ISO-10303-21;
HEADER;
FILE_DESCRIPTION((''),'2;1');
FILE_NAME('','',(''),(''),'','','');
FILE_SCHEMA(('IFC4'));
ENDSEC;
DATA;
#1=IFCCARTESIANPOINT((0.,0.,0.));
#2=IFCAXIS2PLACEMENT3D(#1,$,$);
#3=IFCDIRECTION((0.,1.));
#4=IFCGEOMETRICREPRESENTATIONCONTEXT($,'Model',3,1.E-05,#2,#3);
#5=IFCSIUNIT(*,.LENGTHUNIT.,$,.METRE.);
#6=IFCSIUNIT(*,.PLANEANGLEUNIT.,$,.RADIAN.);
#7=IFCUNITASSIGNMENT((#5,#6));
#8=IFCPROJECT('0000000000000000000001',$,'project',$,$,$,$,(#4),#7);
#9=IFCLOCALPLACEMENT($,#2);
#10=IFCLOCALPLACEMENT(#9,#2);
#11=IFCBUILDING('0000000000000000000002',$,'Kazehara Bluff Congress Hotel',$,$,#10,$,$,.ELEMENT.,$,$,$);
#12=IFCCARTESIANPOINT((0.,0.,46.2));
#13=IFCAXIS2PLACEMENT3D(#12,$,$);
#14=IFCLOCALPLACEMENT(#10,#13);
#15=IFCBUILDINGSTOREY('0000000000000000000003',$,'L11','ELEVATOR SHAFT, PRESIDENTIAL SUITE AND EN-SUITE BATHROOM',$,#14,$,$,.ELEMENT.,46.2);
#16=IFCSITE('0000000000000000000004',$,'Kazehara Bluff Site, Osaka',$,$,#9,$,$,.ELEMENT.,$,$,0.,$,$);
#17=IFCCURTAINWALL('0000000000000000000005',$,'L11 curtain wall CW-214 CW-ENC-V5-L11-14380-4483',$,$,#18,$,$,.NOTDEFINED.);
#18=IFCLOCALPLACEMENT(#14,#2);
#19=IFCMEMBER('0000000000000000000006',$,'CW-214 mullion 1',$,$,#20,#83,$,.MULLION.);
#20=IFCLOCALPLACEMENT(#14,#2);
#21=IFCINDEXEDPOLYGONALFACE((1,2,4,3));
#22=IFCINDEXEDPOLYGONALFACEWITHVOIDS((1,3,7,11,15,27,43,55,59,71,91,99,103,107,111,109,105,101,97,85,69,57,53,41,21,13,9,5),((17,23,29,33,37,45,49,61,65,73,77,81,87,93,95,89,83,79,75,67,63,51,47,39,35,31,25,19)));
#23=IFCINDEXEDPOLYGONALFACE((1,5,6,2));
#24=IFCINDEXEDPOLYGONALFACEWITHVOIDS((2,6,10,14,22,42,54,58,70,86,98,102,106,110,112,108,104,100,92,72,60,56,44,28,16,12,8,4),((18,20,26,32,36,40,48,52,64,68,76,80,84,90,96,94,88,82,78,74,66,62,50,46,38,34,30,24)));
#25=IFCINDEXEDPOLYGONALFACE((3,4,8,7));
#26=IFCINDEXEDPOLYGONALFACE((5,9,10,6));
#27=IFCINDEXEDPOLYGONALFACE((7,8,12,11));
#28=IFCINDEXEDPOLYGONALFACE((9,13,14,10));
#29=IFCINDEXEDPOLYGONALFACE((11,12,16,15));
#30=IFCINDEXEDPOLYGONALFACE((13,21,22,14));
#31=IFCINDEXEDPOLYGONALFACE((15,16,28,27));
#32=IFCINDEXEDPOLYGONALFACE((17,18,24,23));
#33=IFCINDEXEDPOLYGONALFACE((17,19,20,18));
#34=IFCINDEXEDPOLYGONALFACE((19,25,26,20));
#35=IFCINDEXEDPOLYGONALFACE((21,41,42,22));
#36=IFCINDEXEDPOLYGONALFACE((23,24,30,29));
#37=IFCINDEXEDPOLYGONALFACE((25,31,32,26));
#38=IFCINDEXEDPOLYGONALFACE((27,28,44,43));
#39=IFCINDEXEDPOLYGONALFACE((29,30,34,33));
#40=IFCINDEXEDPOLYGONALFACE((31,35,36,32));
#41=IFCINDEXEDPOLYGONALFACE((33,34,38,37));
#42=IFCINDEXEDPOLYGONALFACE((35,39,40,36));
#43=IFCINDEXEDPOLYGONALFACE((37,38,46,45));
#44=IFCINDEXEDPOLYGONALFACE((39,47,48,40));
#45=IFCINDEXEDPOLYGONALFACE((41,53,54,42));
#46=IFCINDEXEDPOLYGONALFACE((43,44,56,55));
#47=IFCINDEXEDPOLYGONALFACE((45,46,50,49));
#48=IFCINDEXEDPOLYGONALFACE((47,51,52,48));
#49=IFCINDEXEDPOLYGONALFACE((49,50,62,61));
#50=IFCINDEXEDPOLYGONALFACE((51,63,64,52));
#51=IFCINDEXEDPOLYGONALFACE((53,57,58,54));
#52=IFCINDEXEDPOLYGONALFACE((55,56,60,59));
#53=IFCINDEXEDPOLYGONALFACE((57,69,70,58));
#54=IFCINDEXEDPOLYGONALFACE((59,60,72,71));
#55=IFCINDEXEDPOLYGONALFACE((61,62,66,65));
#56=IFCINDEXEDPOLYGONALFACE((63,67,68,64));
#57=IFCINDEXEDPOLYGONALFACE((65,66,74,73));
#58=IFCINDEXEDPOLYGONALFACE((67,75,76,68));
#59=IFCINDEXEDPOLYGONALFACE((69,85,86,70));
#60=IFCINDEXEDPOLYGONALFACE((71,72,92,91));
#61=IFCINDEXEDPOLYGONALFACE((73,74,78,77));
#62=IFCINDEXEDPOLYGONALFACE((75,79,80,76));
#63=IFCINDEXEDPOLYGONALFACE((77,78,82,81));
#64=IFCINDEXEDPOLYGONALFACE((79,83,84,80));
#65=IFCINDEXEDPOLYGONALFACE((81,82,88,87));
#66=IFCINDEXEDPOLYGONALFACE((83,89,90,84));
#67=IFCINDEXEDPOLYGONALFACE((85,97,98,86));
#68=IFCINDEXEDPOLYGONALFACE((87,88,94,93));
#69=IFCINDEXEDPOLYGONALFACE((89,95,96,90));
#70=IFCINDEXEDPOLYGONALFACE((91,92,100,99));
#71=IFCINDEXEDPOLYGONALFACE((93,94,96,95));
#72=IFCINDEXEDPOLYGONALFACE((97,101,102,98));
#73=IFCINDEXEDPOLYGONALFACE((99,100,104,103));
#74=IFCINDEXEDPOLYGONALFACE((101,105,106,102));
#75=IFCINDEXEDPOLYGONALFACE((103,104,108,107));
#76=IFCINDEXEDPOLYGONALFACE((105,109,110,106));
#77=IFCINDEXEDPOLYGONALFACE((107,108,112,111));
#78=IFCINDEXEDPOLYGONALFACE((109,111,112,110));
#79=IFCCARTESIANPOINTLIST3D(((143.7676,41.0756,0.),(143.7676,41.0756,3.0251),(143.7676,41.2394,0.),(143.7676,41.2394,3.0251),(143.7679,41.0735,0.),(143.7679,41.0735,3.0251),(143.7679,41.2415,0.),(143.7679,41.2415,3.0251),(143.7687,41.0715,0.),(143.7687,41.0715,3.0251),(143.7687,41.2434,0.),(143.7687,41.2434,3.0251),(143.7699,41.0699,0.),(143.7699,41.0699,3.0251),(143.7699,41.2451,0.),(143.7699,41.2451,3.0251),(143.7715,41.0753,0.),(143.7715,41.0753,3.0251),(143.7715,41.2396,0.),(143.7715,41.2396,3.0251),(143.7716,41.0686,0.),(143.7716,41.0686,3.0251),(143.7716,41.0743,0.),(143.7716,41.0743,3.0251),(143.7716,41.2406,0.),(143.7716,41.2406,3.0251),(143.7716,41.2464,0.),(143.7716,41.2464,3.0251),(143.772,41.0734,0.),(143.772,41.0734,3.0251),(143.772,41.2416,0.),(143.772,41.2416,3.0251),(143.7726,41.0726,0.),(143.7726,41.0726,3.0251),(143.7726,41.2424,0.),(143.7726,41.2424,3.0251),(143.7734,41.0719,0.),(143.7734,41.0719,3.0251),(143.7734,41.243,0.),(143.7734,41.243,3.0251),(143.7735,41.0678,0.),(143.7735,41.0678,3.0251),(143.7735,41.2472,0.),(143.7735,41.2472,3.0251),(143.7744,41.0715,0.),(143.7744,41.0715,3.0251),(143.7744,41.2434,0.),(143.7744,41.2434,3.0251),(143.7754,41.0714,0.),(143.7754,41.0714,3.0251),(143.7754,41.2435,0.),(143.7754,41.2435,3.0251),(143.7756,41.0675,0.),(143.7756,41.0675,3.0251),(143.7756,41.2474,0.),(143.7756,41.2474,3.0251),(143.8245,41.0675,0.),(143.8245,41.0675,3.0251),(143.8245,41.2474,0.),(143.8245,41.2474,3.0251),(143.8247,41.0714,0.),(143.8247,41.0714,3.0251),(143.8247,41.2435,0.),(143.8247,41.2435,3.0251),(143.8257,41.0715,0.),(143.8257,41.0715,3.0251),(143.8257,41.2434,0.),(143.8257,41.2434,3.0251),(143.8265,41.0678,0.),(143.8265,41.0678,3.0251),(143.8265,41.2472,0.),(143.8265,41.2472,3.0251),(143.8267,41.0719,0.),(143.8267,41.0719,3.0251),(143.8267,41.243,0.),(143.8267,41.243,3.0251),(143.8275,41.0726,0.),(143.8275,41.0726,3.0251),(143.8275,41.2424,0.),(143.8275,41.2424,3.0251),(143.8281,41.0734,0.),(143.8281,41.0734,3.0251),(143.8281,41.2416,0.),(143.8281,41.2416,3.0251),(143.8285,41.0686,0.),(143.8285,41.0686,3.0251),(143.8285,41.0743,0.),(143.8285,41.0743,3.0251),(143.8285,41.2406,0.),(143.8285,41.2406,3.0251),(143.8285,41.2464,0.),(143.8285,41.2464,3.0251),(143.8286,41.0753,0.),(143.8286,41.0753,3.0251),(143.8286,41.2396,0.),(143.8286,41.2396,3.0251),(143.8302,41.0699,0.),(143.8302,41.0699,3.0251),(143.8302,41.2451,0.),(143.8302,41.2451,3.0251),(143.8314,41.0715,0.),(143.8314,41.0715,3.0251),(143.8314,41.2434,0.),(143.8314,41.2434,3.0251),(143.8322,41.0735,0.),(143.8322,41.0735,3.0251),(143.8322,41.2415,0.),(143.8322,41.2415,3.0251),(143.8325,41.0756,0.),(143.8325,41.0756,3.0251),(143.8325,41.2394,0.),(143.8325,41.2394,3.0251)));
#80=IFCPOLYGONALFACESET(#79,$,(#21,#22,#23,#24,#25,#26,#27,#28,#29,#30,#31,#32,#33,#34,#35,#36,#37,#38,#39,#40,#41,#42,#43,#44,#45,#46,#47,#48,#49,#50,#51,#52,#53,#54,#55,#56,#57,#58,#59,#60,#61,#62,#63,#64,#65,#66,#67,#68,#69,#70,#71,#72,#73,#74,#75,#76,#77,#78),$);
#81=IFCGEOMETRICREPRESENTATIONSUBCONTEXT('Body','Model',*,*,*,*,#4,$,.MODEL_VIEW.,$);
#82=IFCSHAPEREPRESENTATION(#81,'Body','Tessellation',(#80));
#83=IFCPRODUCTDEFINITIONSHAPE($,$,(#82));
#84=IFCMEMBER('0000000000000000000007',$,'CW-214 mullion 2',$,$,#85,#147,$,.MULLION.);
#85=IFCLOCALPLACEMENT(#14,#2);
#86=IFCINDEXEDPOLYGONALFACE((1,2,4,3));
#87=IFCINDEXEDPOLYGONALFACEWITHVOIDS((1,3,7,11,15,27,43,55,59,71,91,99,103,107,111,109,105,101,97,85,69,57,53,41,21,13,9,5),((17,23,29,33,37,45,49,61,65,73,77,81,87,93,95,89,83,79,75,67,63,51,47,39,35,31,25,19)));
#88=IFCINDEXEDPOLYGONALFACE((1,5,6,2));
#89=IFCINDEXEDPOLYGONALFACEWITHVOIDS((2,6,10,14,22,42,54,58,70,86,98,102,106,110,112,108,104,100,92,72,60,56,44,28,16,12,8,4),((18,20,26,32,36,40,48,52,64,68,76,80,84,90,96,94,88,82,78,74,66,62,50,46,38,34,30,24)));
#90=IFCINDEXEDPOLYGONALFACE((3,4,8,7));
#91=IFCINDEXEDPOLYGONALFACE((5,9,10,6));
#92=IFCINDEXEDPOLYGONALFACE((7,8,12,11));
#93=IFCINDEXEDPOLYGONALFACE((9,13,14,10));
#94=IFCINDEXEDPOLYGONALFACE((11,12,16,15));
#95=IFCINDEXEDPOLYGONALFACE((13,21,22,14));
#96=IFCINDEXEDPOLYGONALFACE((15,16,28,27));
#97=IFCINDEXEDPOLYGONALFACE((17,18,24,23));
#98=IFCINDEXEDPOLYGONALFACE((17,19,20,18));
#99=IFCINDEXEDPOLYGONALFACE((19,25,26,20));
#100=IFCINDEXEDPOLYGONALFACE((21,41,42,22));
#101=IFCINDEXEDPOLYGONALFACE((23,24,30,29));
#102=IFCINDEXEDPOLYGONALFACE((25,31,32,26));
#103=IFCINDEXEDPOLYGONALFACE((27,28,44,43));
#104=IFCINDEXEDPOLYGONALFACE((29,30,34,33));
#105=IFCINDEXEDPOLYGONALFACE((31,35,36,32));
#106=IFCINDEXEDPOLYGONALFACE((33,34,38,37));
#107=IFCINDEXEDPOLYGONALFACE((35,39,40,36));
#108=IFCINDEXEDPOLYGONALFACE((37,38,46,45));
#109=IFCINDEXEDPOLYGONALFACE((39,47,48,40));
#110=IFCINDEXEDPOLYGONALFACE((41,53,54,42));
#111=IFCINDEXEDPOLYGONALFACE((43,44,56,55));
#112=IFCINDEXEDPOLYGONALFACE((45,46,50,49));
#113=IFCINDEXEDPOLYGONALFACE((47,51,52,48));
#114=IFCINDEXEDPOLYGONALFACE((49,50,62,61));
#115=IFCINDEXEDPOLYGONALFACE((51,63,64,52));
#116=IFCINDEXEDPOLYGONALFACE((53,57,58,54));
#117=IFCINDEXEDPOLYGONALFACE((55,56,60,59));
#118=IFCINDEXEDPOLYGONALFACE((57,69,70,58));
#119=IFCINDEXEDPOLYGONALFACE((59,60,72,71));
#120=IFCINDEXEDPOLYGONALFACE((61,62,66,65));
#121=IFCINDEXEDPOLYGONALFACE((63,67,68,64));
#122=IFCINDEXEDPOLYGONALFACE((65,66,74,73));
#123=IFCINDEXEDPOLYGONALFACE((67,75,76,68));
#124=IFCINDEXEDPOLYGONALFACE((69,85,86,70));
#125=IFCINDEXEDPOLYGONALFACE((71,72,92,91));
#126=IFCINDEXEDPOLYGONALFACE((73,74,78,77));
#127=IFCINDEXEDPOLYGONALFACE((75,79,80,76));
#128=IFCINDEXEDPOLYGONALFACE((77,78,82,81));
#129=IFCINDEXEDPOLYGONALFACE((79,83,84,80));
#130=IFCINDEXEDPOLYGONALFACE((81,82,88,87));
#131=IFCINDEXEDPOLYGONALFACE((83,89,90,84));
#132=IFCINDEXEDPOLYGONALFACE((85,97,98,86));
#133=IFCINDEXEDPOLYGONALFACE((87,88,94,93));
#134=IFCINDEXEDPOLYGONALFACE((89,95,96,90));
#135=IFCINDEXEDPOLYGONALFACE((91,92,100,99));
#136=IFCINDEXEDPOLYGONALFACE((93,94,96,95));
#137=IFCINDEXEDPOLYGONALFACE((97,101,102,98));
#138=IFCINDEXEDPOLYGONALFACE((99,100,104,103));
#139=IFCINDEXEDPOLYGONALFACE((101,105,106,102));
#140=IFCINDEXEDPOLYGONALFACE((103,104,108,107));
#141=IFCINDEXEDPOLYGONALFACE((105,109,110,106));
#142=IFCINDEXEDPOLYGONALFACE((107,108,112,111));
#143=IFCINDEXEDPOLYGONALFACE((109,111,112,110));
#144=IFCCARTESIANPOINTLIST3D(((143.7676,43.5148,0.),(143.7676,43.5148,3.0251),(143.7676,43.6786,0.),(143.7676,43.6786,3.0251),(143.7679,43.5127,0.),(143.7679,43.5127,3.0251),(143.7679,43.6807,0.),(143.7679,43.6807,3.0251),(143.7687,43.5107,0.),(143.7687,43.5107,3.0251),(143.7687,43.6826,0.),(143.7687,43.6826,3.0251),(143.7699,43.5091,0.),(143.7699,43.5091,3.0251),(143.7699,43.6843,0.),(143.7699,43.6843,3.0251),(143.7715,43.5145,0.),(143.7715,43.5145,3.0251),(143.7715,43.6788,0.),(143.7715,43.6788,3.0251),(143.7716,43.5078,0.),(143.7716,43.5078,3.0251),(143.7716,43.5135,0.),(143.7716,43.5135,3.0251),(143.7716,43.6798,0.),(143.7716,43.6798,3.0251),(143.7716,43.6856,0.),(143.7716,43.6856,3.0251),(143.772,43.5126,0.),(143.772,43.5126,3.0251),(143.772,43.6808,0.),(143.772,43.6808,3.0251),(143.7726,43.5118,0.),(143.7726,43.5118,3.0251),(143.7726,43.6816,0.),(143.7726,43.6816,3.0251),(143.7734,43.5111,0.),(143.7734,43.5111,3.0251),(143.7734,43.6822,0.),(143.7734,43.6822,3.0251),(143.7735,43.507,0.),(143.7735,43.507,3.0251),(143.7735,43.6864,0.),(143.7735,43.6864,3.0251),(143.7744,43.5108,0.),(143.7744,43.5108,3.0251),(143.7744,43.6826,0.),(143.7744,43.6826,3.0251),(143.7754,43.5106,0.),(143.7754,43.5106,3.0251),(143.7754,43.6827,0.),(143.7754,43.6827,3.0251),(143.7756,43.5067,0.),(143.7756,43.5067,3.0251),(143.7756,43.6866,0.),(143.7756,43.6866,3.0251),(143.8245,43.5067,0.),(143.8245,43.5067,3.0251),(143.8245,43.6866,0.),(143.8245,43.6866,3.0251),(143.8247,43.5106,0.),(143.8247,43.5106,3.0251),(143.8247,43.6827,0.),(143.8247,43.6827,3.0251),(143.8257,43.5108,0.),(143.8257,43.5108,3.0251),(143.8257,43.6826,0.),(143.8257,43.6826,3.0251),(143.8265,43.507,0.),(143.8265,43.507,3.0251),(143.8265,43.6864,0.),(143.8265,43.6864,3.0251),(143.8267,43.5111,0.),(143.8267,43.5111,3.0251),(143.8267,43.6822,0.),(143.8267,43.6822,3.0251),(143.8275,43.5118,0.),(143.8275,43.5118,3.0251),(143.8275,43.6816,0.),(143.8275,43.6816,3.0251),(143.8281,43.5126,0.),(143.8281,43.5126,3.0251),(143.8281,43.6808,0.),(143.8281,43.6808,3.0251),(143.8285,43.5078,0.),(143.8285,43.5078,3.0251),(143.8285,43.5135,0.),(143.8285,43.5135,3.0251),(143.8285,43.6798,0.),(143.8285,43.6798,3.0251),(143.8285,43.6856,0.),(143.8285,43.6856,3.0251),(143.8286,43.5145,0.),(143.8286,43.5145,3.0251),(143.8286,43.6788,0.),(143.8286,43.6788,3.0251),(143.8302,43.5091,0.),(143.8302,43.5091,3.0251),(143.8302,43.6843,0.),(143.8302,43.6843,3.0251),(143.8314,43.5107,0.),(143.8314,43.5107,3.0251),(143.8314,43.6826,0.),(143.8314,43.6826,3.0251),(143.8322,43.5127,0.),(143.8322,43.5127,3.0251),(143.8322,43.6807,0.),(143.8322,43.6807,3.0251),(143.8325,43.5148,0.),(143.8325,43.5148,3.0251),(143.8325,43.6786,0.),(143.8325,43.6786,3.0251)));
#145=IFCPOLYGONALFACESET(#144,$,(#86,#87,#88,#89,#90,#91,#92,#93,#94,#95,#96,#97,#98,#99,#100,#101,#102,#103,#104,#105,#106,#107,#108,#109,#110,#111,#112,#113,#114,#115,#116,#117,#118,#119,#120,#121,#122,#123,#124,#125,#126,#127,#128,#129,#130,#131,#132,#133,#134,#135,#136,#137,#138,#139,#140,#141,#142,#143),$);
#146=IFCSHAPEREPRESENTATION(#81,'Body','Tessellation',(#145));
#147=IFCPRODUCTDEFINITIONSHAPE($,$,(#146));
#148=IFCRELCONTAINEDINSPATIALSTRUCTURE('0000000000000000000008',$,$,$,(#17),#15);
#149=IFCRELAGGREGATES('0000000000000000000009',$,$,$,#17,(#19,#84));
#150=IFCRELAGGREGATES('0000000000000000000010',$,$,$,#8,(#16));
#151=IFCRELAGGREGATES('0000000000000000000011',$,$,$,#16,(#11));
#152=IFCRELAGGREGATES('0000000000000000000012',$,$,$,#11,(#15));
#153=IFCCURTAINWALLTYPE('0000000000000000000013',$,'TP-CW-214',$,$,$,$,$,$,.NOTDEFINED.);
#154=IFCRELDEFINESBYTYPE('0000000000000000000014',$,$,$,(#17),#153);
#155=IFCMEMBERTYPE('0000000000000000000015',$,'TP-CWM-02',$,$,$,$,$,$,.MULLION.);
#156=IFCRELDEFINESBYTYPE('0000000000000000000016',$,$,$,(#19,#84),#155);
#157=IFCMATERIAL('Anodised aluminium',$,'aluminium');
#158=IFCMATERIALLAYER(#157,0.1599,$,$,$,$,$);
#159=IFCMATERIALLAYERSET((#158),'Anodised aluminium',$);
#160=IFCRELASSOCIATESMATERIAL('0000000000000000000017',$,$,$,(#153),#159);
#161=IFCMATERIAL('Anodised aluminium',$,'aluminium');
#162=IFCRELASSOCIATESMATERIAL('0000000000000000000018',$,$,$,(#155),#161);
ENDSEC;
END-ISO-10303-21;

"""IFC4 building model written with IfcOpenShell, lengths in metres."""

from ifc_helpers import new_model, si_unit, direction, frame, origin, origin_2d, place, context, subcontext, project, spatial, hollow_rectangle, extrude, material, layer, layer_set, material_profile, profile_set, type_object, element, aggregate, save


model = new_model("IFC4")

# Units and contexts
model_context = context("Model", 3, precision=1e-05, world=origin(), true_north=direction((0.0, 1.0)))
body_context = subcontext(model_context, "Body", "Model", "MODEL_VIEW")
ifc_project = project(units=[si_unit("LENGTHUNIT", "METRE"), si_unit("PLANEANGLEUNIT", "RADIAN")], contexts=[model_context])

# Site, building, storey
site_placement = place(None, origin())
site = spatial("IfcSite", under=ifc_project, at=site_placement, Name="Kazehara Bluff Site, Osaka", CompositionType="ELEMENT", RefElevation=0.0)
building_placement = place(site_placement, origin())
building = spatial("IfcBuilding", under=site, at=building_placement, Name="Kazehara Bluff Congress Hotel", CompositionType="ELEMENT")
storey_placement = place(building_placement, frame((0.0, 0.0, 46.2)))
storey = spatial("IfcBuildingStorey", under=building, at=storey_placement, Name="L11", Description="ELEVATOR SHAFT, PRESIDENTIAL SUITE AND EN-SUITE BATHROOM", CompositionType="ELEMENT", Elevation=46.2)

# Curtain wall, members
ifc_material_1 = material(Name="Anodised aluminium", Category="aluminium")
ifc_layer_1 = layer(ifc_material_1, 0.1599)
ifc_layer_set_1 = layer_set([ifc_layer_1], Name="Anodised aluminium")
curtain_wall_type_1 = type_object("IfcCurtainWallType", Name="TP-CW-214", PredefinedType="NOTDEFINED", material=ifc_layer_set_1)
curtain_wall_1_placement = place(storey_placement, origin())
curtain_wall_1 = element("IfcCurtainWall", 1, at=curtain_wall_1_placement, inside=storey, type_object=curtain_wall_type_1, Name="L11 curtain wall CW-214 CW-ENC-V5-L11-14380-4483", PredefinedType="NOTDEFINED")
ifc_material_2 = material(Name="Anodised aluminium", Category="aluminium")
ifc_material_profile_1 = material_profile(ifc_material_2, hollow_rectangle(XDim=0.0649, YDim=0.1799, WallThickness=0.0039, InnerFilletRadius=0.0039, OuterFilletRadius=0.0081, at=origin_2d()))
ifc_profile_set_1 = profile_set([ifc_material_profile_1], Name="Anodised aluminium")
member_type_1 = type_object("IfcMemberType", Name="TP-CWM-02", PredefinedType="MULLION", material=ifc_profile_set_1)
member_1_placement = place(storey_placement, frame((143.8, 41.1575, 0.0), z_axis=(0.0, 0.0, 1.0), x_axis=(-1.0, 0.0, 0.0)))
member_1 = element("IfcMember", 2, at=member_1_placement, type_object=member_type_1, Name="CW-214 mullion 1", PredefinedType="MULLION", context=body_context, shape_type="SweptSolid", body=[
    extrude(hollow_rectangle(XDim=0.0649, YDim=0.1799, WallThickness=0.0039, InnerFilletRadius=0.0039, OuterFilletRadius=0.0081, at=origin_2d()), origin(), (0.0, 0.0, 1.0), 3.0251),
])
member_2_placement = place(storey_placement, frame((143.8, 43.5967, 0.0), z_axis=(0.0, 0.0, 1.0), x_axis=(-1.0, 0.0, 0.0)))
member_2 = element("IfcMember", 3, at=member_2_placement, type_object=member_type_1, Name="CW-214 mullion 2", PredefinedType="MULLION", context=body_context, shape_type="SweptSolid", body=[
    extrude(hollow_rectangle(XDim=0.0649, YDim=0.1799, WallThickness=0.0039, InnerFilletRadius=0.0039, OuterFilletRadius=0.0081, at=origin_2d()), origin(), (0.0, 0.0, 1.0), 3.0251),
])

aggregate(curtain_wall_1, [member_1, member_2])

save(model, "model.ifc")
